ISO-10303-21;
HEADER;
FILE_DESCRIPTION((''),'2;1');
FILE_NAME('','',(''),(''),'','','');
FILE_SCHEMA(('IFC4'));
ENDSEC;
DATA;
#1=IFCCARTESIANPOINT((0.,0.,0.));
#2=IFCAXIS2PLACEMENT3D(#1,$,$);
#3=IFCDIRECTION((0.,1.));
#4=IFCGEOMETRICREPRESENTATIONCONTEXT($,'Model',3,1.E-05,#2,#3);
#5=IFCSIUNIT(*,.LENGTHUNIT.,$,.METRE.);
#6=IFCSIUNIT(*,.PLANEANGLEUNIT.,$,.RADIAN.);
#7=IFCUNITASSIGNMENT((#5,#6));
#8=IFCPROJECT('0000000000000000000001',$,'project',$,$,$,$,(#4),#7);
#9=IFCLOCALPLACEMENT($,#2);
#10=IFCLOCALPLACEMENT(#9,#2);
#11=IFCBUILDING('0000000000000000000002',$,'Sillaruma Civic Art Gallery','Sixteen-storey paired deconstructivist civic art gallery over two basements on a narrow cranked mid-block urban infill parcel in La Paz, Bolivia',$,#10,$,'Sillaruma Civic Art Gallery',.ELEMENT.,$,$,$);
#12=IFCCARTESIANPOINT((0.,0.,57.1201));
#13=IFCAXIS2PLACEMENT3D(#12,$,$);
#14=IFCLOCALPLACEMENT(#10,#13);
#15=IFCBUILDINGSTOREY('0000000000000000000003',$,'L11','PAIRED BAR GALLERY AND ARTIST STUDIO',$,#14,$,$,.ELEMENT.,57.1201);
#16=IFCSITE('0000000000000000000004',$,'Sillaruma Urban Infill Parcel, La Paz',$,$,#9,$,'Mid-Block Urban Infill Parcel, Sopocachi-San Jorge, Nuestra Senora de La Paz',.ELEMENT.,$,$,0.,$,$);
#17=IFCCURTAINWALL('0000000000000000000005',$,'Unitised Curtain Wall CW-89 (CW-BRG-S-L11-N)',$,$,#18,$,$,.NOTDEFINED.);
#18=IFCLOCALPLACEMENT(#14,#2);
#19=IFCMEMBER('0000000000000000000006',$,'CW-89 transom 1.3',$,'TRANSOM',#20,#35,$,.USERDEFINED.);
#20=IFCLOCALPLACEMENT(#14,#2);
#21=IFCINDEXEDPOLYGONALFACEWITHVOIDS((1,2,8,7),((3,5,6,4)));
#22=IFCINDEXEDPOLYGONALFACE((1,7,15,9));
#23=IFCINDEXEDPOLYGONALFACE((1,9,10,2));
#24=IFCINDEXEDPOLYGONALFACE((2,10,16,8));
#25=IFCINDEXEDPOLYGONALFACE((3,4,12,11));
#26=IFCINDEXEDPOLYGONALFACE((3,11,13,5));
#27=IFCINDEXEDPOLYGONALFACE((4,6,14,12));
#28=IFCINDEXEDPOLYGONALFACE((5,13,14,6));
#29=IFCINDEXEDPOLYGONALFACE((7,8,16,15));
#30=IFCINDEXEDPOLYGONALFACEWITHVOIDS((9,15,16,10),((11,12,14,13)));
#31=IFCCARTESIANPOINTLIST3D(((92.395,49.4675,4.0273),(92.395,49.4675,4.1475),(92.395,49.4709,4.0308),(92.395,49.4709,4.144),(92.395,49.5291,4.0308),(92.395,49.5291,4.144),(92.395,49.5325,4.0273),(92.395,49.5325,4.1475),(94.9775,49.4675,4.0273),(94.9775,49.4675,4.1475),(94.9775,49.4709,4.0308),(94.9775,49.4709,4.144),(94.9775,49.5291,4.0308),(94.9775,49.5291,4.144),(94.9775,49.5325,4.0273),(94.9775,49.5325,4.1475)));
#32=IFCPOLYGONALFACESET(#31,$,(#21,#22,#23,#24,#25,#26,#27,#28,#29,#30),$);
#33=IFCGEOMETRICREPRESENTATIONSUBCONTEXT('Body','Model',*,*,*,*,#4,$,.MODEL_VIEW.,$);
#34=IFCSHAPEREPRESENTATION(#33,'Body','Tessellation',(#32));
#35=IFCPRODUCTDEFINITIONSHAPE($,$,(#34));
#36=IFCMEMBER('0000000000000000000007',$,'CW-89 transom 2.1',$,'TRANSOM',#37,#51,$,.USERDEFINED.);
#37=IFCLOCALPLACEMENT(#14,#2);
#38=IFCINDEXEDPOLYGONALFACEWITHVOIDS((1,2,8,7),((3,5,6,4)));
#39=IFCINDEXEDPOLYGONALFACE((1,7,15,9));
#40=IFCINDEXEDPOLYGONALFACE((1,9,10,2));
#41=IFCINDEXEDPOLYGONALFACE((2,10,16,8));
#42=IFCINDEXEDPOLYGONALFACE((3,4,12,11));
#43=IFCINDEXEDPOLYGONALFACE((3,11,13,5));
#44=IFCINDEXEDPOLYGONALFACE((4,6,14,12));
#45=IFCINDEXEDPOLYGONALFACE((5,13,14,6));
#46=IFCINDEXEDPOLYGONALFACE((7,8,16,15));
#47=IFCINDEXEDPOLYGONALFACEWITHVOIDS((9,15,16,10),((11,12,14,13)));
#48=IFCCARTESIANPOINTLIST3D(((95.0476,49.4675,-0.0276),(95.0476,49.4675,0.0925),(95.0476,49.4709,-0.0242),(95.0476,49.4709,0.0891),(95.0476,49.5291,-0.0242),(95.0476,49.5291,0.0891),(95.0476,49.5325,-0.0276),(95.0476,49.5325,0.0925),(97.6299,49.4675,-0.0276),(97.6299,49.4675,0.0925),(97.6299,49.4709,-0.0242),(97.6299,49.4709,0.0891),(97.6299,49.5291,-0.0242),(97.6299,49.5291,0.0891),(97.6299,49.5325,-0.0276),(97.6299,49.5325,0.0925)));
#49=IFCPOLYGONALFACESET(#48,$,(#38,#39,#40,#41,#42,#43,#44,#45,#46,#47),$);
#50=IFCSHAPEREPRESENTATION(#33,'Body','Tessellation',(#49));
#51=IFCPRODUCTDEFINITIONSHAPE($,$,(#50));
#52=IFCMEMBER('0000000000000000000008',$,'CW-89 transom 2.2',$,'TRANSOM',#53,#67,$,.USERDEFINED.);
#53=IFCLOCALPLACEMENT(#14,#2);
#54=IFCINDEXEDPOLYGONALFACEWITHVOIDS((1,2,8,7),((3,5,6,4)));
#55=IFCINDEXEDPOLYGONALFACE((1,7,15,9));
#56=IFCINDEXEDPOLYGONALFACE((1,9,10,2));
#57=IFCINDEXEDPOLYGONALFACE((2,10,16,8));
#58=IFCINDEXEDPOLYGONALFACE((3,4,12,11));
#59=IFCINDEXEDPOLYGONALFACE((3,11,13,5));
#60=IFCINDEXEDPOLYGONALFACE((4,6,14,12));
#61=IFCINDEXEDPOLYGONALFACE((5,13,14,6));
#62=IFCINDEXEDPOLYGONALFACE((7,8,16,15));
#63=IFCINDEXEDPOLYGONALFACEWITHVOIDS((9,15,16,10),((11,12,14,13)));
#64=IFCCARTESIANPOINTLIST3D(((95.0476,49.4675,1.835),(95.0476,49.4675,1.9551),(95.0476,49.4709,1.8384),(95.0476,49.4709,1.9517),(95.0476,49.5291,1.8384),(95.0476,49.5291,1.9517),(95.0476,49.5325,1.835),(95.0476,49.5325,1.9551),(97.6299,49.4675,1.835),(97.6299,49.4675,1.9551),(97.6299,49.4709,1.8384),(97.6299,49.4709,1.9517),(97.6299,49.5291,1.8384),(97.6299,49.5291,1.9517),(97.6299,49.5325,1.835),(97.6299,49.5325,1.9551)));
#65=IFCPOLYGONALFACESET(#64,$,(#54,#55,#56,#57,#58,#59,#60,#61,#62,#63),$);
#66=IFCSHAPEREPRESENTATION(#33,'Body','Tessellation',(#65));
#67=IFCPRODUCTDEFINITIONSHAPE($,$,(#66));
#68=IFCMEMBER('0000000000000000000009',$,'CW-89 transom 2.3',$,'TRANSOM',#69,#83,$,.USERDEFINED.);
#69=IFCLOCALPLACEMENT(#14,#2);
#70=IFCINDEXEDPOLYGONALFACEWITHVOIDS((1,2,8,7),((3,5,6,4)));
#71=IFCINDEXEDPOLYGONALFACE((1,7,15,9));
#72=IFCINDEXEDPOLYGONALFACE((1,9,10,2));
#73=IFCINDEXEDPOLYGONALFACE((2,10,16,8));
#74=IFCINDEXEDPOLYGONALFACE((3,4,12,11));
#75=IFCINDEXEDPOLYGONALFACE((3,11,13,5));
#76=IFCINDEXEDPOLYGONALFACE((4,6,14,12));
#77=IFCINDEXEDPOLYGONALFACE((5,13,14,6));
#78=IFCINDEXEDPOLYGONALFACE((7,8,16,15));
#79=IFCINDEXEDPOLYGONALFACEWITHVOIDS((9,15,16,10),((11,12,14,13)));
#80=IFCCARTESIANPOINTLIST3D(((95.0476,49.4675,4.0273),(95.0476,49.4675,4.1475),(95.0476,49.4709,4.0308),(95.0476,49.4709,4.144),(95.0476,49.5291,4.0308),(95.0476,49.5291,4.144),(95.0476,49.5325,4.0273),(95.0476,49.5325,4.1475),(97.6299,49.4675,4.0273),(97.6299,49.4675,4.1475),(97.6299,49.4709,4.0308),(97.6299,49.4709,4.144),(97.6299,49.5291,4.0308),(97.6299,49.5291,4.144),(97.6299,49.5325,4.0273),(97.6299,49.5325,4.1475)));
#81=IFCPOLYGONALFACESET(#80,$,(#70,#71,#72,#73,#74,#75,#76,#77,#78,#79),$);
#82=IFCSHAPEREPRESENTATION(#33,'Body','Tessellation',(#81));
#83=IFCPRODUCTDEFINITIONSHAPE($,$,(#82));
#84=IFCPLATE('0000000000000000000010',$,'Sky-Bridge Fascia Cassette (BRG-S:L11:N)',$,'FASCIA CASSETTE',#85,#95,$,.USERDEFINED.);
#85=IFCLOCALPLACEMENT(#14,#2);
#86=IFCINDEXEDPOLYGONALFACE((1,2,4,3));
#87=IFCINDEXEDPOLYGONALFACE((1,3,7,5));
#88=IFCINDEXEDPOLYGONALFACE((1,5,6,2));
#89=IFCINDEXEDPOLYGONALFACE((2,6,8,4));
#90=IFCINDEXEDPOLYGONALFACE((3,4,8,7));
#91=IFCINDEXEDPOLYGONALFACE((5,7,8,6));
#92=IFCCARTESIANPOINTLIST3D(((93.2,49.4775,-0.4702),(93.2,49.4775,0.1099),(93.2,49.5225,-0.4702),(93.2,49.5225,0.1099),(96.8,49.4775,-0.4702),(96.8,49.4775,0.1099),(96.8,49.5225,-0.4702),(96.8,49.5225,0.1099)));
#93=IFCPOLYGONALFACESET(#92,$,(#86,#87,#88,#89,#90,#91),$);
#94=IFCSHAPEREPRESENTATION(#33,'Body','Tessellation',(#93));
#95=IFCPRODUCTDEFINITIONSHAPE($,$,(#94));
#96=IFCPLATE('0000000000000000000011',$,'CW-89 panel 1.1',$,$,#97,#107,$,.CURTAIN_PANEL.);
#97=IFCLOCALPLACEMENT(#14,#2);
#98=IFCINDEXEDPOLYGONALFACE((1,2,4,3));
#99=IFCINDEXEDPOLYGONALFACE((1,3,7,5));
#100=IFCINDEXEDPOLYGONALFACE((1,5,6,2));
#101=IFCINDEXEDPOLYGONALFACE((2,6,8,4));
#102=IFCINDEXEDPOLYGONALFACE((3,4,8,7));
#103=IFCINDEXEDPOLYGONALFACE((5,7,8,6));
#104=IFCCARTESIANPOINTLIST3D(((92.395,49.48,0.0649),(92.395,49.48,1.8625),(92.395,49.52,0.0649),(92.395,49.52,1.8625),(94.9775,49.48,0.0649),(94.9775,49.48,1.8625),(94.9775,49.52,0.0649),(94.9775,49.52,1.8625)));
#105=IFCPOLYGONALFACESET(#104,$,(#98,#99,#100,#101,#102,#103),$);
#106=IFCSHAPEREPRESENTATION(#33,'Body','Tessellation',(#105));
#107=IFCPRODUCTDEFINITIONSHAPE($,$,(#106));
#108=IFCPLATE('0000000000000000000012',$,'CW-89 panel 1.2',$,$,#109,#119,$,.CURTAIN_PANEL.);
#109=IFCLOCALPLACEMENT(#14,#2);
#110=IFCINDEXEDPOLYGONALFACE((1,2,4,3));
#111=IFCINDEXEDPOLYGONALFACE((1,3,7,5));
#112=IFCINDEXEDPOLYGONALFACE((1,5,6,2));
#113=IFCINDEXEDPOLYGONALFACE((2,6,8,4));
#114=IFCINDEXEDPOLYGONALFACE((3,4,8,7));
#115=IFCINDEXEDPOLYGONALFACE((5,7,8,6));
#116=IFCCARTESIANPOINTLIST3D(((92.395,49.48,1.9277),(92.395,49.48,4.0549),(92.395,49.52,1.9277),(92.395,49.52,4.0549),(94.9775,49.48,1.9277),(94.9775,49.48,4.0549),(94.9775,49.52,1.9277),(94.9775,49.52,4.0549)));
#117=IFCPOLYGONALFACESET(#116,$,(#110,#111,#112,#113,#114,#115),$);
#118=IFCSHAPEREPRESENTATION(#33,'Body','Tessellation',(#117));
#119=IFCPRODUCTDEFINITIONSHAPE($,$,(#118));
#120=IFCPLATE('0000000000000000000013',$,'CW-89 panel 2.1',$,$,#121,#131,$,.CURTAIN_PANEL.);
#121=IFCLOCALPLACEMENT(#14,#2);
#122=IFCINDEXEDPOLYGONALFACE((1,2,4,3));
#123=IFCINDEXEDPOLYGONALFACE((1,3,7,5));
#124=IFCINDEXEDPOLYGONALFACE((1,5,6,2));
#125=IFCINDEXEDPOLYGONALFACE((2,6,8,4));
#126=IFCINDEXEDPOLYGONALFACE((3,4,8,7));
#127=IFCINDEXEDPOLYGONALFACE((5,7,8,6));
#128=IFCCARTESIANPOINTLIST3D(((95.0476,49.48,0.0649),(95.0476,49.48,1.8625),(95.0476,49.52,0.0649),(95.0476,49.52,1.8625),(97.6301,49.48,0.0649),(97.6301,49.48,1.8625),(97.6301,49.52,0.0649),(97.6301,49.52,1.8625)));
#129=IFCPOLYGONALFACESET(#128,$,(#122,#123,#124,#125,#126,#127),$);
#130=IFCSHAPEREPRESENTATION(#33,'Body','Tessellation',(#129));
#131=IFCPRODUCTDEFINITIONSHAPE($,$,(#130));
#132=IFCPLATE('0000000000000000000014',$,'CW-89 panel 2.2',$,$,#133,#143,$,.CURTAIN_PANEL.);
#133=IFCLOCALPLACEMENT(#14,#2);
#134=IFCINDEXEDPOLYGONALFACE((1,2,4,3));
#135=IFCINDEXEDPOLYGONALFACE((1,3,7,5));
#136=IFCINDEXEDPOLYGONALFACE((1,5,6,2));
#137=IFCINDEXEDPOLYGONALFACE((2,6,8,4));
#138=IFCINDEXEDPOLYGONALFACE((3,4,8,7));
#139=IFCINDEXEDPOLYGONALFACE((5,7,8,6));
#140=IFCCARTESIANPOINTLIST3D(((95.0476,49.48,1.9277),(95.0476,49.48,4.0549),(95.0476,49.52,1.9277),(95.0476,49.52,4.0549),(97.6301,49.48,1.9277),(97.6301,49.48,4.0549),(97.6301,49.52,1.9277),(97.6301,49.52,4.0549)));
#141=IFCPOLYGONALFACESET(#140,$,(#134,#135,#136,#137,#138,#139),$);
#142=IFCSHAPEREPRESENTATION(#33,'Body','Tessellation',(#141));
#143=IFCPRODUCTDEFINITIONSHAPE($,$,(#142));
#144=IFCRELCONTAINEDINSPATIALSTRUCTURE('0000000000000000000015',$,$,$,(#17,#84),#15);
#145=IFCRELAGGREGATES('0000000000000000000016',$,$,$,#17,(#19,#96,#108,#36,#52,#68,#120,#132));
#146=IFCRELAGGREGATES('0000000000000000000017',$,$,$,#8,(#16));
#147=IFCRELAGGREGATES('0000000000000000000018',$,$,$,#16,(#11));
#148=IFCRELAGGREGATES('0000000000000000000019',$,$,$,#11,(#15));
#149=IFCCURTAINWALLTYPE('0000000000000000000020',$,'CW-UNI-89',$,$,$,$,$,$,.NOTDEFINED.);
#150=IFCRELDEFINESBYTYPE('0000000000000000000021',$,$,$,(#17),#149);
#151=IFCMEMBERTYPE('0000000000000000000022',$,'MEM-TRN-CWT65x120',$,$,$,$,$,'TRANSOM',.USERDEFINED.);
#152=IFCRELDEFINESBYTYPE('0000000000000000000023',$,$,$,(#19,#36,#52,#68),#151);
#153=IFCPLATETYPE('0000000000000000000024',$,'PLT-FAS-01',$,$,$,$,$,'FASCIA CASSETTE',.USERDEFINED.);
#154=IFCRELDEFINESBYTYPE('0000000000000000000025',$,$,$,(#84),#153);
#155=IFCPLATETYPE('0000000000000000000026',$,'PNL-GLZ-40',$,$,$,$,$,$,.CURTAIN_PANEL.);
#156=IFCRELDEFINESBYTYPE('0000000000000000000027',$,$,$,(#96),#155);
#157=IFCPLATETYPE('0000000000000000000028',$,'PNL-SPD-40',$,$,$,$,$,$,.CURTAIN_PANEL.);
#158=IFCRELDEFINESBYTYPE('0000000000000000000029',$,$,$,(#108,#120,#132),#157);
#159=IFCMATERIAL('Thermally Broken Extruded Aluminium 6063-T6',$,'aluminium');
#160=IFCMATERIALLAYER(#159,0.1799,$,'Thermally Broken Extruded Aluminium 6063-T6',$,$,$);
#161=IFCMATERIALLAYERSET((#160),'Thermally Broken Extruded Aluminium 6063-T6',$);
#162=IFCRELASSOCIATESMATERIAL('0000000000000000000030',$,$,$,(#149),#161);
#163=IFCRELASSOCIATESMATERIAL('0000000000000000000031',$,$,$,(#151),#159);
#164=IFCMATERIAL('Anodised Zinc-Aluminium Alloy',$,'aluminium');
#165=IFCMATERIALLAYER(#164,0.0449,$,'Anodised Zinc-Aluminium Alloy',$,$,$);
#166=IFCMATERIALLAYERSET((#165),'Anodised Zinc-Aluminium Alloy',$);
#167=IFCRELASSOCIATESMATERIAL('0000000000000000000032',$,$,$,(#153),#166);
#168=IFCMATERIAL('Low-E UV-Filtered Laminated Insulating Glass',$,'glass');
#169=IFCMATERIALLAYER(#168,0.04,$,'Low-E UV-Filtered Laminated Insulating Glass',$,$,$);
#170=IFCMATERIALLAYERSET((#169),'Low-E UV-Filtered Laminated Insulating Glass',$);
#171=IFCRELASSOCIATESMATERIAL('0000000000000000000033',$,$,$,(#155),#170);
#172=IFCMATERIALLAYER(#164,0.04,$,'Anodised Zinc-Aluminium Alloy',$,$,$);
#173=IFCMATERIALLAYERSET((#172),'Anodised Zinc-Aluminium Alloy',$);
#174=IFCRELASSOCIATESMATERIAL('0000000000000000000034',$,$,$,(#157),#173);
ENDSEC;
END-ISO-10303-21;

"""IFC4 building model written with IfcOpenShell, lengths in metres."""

from ifc_helpers import new_model, si_unit, direction, frame, origin, origin_2d, place, context, subcontext, project, spatial, rectangle, hollow_rectangle, extrude, material, layer, layer_set, material_profile, profile_set, type_object, element, aggregate, save


model = new_model("IFC4")

# Units and contexts
model_context = context("Model", 3, precision=1e-05, world=origin(), true_north=direction((0.0, 1.0)))
body_context = subcontext(model_context, "Body", "Model", "MODEL_VIEW")
ifc_project = project(units=[si_unit("LENGTHUNIT", "METRE"), si_unit("PLANEANGLEUNIT", "RADIAN")], contexts=[model_context])

# Site, building, storey
site_placement = place(None, origin())
site = spatial("IfcSite", under=ifc_project, at=site_placement, Name="Sillaruma Urban Infill Parcel, La Paz", LongName="Mid-Block Urban Infill Parcel, Sopocachi-San Jorge, Nuestra Senora de La Paz", CompositionType="ELEMENT", RefElevation=0.0)
building_placement = place(site_placement, origin())
building = spatial("IfcBuilding", under=site, at=building_placement, Name="Sillaruma Civic Art Gallery", Description="Sixteen-storey paired deconstructivist civic art gallery over two basements on a narrow cranked mid-block urban infill parcel in La Paz, Bolivia", LongName="Sillaruma Civic Art Gallery", CompositionType="ELEMENT")
storey_placement = place(building_placement, frame((0.0, 0.0, 57.1201)))
storey = spatial("IfcBuildingStorey", under=building, at=storey_placement, Name="L11", Description="PAIRED BAR GALLERY AND ARTIST STUDIO", CompositionType="ELEMENT", Elevation=57.1201)

# Curtain wall, members
ifc_material_1 = material(Name="Thermally Broken Extruded Aluminium 6063-T6", Category="aluminium")
ifc_layer_1 = layer(ifc_material_1, 0.1799, Name="Thermally Broken Extruded Aluminium 6063-T6")
ifc_layer_set_1 = layer_set([ifc_layer_1], Name="Thermally Broken Extruded Aluminium 6063-T6")
curtain_wall_type = type_object("IfcCurtainWallType", Name="CW-UNI-89", PredefinedType="NOTDEFINED", material=ifc_layer_set_1)
curtain_wall_placement = place(storey_placement, origin())
curtain_wall = element("IfcCurtainWall", 1, at=curtain_wall_placement, inside=storey, type_object=curtain_wall_type, Name="Unitised Curtain Wall CW-89 (CW-BRG-S-L11-N)", PredefinedType="NOTDEFINED")
ifc_material_profile_1 = material_profile(ifc_material_1, hollow_rectangle(XDim=0.0649, YDim=0.1201, WallThickness=0.0034, at=origin_2d()), Name="CWT65x120")
ifc_profile_set_1 = profile_set([ifc_material_profile_1], Name="Thermally Broken Extruded Aluminium 6063-T6")
member_type_1 = type_object("IfcMemberType", Name="MEM-TRN-CWT65x120", ElementType="TRANSOM", PredefinedType="USERDEFINED", material=ifc_profile_set_1)
member_1_placement = place(storey_placement, frame((92.395, 49.5, 4.0874), z_axis=(1.0, 0.0, 0.0), x_axis=(0.0, 1.0, 0.0)))
member_1 = element("IfcMember", 2, at=member_1_placement, type_object=member_type_1, Name="CW-89 transom 1.3", ObjectType="TRANSOM", PredefinedType="USERDEFINED", context=body_context, shape_type="SweptSolid", body=[
    extrude(hollow_rectangle(XDim=0.0649, YDim=0.1201, WallThickness=0.0034, at=origin_2d()), origin(), (0.0, 0.0, 1.0), 2.5825),
])
member_2_placement = place(storey_placement, frame((95.0476, 49.5, 0.0325), z_axis=(1.0, 0.0, 0.0), x_axis=(0.0, 1.0, 0.0)))
member_2 = element("IfcMember", 3, at=member_2_placement, type_object=member_type_1, Name="CW-89 transom 2.1", ObjectType="TRANSOM", PredefinedType="USERDEFINED", context=body_context, shape_type="SweptSolid", body=[
    extrude(hollow_rectangle(XDim=0.0649, YDim=0.1201, WallThickness=0.0034, at=origin_2d()), origin(), (0.0, 0.0, 1.0), 2.5823),
])
member_3_placement = place(storey_placement, frame((95.0476, 49.5, 1.895), z_axis=(1.0, 0.0, 0.0), x_axis=(0.0, 1.0, 0.0)))
member_3 = element("IfcMember", 4, at=member_3_placement, type_object=member_type_1, Name="CW-89 transom 2.2", ObjectType="TRANSOM", PredefinedType="USERDEFINED", context=body_context, shape_type="SweptSolid", body=[
    extrude(hollow_rectangle(XDim=0.0649, YDim=0.1201, WallThickness=0.0034, at=origin_2d()), origin(), (0.0, 0.0, 1.0), 2.5823),
])
member_4_placement = place(storey_placement, frame((95.0476, 49.5, 4.0874), z_axis=(1.0, 0.0, 0.0), x_axis=(0.0, 1.0, 0.0)))
member_4 = element("IfcMember", 5, at=member_4_placement, type_object=member_type_1, Name="CW-89 transom 2.3", ObjectType="TRANSOM", PredefinedType="USERDEFINED", context=body_context, shape_type="SweptSolid", body=[
    extrude(hollow_rectangle(XDim=0.0649, YDim=0.1201, WallThickness=0.0034, at=origin_2d()), origin(), (0.0, 0.0, 1.0), 2.5823),
])

# Plates
ifc_material_2 = material(Name="Anodised Zinc-Aluminium Alloy", Category="aluminium")
ifc_layer_2 = layer(ifc_material_2, 0.0449, Name="Anodised Zinc-Aluminium Alloy")
ifc_layer_set_2 = layer_set([ifc_layer_2], Name="Anodised Zinc-Aluminium Alloy")
plate_type_1 = type_object("IfcPlateType", Name="PLT-FAS-01", ElementType="FASCIA CASSETTE", PredefinedType="USERDEFINED", material=ifc_layer_set_2)
plate_1_placement = place(storey_placement, frame((95.0, 49.5, -0.4702), z_axis=(0.0, 0.0, 1.0), x_axis=(1.0, 0.0, 0.0)))
element("IfcPlate", 6, at=plate_1_placement, inside=storey, type_object=plate_type_1, Name="Sky-Bridge Fascia Cassette (BRG-S:L11:N)", ObjectType="FASCIA CASSETTE", PredefinedType="USERDEFINED", context=body_context, shape_type="SweptSolid", body=[
    extrude(rectangle(XDim=3.6001, YDim=0.0449, at=origin_2d()), origin(), (0.0, 0.0, 1.0), 0.5801),
])
ifc_material_3 = material(Name="Low-E UV-Filtered Laminated Insulating Glass", Category="glass")
ifc_layer_3 = layer(ifc_material_3, 0.04, Name="Low-E UV-Filtered Laminated Insulating Glass")
ifc_layer_set_3 = layer_set([ifc_layer_3], Name="Low-E UV-Filtered Laminated Insulating Glass")
plate_type_2 = type_object("IfcPlateType", Name="PNL-GLZ-40", PredefinedType="CURTAIN_PANEL", material=ifc_layer_set_3)
plate_2_placement = place(storey_placement, frame((93.6863, 49.5, 0.0649), z_axis=(0.0, 0.0, 1.0), x_axis=(1.0, 0.0, 0.0)))
plate_2 = element("IfcPlate", 7, at=plate_2_placement, type_object=plate_type_2, Name="CW-89 panel 1.1", PredefinedType="CURTAIN_PANEL", context=body_context, shape_type="SweptSolid", body=[
    extrude(rectangle(XDim=2.5825, YDim=0.04, at=origin_2d()), origin(), (0.0, 0.0, 1.0), 1.7976),
])
ifc_layer_4 = layer(ifc_material_2, 0.04, Name="Anodised Zinc-Aluminium Alloy")
ifc_layer_set_4 = layer_set([ifc_layer_4], Name="Anodised Zinc-Aluminium Alloy")
plate_type_3 = type_object("IfcPlateType", Name="PNL-SPD-40", PredefinedType="CURTAIN_PANEL", material=ifc_layer_set_4)
plate_3_placement = place(storey_placement, frame((93.6863, 49.5, 1.9277), z_axis=(0.0, 0.0, 1.0), x_axis=(1.0, 0.0, 0.0)))
plate_3 = element("IfcPlate", 8, at=plate_3_placement, type_object=plate_type_3, Name="CW-89 panel 1.2", PredefinedType="CURTAIN_PANEL", context=body_context, shape_type="SweptSolid", body=[
    extrude(rectangle(XDim=2.5825, YDim=0.04, at=origin_2d()), origin(), (0.0, 0.0, 1.0), 2.1272),
])
plate_4_placement = place(storey_placement, frame((96.3389, 49.5, 0.0649), z_axis=(0.0, 0.0, 1.0), x_axis=(1.0, 0.0, 0.0)))
plate_4 = element("IfcPlate", 9, at=plate_4_placement, type_object=plate_type_3, Name="CW-89 panel 2.1", PredefinedType="CURTAIN_PANEL", context=body_context, shape_type="SweptSolid", body=[
    extrude(rectangle(XDim=2.5825, YDim=0.04, at=origin_2d()), origin(), (0.0, 0.0, 1.0), 1.7976),
])
plate_5_placement = place(storey_placement, frame((96.3389, 49.5, 1.9277), z_axis=(0.0, 0.0, 1.0), x_axis=(1.0, 0.0, 0.0)))
plate_5 = element("IfcPlate", 10, at=plate_5_placement, type_object=plate_type_3, Name="CW-89 panel 2.2", PredefinedType="CURTAIN_PANEL", context=body_context, shape_type="SweptSolid", body=[
    extrude(rectangle(XDim=2.5825, YDim=0.04, at=origin_2d()), origin(), (0.0, 0.0, 1.0), 2.1272),
])
aggregate(curtain_wall, [member_1, plate_2, plate_3, member_2, member_3, member_4, plate_4, plate_5])

save(model, "model.ifc")
